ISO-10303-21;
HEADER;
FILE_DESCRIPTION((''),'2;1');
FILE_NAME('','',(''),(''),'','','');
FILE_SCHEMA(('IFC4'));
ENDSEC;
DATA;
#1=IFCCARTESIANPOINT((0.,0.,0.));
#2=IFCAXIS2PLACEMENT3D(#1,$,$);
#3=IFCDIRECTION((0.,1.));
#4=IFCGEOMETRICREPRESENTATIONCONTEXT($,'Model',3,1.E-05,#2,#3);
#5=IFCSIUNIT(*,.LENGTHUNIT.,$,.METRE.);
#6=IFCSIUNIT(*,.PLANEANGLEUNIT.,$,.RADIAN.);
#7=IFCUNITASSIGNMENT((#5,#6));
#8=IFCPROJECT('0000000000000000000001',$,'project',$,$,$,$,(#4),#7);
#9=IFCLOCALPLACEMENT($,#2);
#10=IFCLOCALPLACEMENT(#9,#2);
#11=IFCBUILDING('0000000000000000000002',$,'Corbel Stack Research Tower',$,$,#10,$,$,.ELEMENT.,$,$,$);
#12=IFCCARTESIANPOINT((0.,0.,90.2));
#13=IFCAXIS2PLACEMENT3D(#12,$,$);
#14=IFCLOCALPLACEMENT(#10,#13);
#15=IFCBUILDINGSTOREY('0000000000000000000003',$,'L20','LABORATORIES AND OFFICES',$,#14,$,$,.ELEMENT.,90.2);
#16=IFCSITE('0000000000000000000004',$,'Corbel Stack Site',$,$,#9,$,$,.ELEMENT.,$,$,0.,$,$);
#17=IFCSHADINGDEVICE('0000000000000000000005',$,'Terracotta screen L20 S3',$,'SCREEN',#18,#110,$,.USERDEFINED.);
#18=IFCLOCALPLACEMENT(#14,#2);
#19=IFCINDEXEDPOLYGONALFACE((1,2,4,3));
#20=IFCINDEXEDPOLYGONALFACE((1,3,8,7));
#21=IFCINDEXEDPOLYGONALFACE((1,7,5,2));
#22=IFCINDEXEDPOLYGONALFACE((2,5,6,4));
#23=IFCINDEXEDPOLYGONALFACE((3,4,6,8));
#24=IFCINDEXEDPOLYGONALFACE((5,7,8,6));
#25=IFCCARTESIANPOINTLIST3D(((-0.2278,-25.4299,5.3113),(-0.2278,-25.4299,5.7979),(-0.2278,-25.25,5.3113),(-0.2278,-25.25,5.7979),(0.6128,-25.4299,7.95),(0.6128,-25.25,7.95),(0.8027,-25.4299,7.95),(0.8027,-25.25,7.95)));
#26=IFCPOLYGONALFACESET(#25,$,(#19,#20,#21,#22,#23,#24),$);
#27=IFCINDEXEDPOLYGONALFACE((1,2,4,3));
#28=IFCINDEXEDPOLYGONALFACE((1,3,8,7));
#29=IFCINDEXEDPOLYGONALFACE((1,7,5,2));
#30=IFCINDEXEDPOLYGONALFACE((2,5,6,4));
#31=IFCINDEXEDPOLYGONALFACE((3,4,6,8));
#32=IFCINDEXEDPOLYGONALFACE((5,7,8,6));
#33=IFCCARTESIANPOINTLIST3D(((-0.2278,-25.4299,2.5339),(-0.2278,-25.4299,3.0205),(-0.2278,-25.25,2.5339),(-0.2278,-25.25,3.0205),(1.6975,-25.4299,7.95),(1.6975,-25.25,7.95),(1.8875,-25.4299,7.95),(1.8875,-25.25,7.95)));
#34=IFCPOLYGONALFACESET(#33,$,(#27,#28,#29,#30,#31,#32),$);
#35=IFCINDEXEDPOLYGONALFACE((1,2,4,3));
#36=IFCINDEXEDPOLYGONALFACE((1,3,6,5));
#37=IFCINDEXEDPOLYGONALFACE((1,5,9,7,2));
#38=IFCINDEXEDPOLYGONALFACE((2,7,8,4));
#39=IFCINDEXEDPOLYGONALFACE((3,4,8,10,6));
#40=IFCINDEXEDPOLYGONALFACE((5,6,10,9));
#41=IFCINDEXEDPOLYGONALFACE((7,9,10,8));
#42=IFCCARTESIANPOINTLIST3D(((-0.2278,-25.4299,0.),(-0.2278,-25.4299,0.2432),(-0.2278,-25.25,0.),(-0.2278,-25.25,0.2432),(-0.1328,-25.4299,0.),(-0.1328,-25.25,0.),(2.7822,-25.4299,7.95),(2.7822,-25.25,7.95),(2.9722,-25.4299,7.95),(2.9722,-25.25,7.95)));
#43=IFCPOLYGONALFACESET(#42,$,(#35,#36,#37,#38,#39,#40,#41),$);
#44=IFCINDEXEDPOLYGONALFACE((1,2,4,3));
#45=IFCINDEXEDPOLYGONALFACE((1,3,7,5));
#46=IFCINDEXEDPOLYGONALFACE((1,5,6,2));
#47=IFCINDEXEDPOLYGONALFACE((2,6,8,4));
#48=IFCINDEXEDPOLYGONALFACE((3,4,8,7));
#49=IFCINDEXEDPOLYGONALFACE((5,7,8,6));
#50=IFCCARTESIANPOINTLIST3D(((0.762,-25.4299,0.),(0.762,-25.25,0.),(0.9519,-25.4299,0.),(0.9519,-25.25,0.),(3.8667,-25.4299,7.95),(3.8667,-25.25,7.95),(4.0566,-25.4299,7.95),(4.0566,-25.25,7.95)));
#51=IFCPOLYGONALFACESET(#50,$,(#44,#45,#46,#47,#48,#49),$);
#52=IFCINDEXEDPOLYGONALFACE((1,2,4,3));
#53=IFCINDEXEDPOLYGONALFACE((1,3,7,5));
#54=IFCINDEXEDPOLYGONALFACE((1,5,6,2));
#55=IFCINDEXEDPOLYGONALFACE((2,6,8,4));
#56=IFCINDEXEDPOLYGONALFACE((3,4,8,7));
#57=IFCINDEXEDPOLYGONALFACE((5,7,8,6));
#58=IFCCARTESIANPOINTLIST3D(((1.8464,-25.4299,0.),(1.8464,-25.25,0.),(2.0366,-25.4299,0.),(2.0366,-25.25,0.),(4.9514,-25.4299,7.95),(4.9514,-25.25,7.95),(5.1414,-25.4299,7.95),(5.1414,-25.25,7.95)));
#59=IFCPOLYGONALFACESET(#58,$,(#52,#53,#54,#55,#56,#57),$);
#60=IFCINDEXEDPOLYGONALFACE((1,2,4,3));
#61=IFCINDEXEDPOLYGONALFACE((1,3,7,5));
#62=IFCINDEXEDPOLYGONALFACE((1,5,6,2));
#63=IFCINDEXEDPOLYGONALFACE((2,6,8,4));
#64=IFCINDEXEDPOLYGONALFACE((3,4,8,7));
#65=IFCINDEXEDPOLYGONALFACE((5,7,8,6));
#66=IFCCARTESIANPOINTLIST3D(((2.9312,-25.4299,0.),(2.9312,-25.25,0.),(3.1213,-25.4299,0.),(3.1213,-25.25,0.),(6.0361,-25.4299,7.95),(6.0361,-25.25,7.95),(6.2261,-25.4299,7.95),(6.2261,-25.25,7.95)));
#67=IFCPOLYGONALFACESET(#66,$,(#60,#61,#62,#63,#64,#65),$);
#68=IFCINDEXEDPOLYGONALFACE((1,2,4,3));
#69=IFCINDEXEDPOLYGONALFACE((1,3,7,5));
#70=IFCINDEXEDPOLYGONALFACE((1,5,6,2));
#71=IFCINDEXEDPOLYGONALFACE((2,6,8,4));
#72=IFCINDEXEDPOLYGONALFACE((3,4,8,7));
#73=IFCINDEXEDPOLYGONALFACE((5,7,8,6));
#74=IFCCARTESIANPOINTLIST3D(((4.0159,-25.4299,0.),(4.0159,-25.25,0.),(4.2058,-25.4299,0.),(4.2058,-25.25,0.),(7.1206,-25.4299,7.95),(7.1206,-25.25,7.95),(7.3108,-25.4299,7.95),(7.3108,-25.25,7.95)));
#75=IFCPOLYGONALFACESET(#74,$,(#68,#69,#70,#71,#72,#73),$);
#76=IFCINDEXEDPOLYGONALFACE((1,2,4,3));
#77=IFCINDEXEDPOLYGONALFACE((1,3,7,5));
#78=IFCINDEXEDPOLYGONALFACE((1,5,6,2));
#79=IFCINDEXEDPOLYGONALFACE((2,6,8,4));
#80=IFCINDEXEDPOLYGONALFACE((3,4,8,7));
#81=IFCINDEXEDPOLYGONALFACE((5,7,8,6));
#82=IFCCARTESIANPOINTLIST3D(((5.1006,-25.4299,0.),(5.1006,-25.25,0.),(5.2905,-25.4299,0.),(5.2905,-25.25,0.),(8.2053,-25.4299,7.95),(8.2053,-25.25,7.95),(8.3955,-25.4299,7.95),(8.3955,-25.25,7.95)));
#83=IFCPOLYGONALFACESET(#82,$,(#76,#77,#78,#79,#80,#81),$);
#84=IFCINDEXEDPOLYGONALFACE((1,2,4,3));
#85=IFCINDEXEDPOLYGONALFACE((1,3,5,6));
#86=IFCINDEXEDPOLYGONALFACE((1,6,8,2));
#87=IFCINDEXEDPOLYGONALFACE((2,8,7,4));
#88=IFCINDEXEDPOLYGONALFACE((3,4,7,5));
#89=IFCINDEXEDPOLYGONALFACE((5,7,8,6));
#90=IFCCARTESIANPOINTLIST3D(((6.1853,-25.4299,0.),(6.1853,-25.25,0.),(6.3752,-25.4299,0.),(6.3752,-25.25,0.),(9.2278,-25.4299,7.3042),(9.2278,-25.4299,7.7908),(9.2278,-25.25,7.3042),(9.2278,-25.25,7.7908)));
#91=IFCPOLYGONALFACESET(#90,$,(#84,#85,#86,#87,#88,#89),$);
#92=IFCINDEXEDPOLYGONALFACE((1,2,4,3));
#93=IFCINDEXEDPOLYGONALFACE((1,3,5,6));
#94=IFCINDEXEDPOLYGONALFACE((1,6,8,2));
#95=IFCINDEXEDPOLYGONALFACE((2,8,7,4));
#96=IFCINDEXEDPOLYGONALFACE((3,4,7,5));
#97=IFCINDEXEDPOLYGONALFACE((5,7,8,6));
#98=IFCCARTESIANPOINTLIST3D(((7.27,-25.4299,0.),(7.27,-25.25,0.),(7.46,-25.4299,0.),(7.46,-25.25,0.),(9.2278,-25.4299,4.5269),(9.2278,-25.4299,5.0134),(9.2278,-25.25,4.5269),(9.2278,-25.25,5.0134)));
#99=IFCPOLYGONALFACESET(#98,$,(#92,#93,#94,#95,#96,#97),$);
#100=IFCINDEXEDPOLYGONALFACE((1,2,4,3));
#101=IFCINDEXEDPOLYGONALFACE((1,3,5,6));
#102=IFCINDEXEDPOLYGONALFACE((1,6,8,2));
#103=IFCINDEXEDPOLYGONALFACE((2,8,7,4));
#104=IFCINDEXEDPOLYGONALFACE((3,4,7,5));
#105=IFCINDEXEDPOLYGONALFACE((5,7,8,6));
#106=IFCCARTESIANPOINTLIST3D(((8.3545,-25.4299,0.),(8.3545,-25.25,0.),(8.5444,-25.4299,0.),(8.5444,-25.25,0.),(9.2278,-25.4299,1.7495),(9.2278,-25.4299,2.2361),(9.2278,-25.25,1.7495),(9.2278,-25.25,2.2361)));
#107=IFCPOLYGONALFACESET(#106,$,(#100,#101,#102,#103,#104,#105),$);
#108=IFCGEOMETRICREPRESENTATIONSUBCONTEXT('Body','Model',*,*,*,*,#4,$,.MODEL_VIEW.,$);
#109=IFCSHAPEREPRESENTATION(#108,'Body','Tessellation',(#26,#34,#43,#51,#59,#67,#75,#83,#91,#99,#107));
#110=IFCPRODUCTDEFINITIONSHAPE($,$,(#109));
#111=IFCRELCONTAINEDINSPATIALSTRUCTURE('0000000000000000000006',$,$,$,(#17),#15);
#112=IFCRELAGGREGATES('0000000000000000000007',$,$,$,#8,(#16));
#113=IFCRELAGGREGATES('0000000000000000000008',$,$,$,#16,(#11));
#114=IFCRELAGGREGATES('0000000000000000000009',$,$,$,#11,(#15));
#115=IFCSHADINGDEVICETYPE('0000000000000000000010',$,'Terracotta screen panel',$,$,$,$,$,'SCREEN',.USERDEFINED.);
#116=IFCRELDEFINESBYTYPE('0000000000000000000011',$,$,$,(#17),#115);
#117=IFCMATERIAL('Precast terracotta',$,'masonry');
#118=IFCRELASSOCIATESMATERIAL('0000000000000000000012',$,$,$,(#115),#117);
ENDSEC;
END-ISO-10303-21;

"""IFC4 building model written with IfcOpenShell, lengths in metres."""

from ifc_helpers import new_model, si_unit, direction, frame, origin, place, context, subcontext, project, spatial, polyline, outline, extrude, source, transform, mapped, material, type_object, element, save


model = new_model("IFC4")

# Units and contexts
model_context = context("Model", 3, precision=1e-05, world=origin(), true_north=direction((0.0, 1.0)))
body_context = subcontext(model_context, "Body", "Model", "MODEL_VIEW")
ifc_project = project(units=[si_unit("LENGTHUNIT", "METRE"), si_unit("PLANEANGLEUNIT", "RADIAN")], contexts=[model_context])

# Site, building, storey
site_placement = place(None, origin())
site = spatial("IfcSite", under=ifc_project, at=site_placement, Name="Corbel Stack Site", CompositionType="ELEMENT", RefElevation=0.0)
building_placement = place(site_placement, origin())
building = spatial("IfcBuilding", under=site, at=building_placement, Name="Corbel Stack Research Tower", CompositionType="ELEMENT")
storey_placement = place(building_placement, frame((0.0, 0.0, 90.2)))
storey = spatial("IfcBuildingStorey", under=building, at=storey_placement, Name="L20", Description="LABORATORIES AND OFFICES", CompositionType="ELEMENT", Elevation=90.2)

# Shading device
ifc_material_1 = material(Name="Precast terracotta", Category="masonry")
shading_device_type = type_object("IfcShadingDeviceType", Name="Terracotta screen panel", ElementType="SCREEN", PredefinedType="USERDEFINED", material=ifc_material_1)
shared_shape = source(origin(), body_context, "Body", "SweptSolid", [
    extrude(outline(polyline([(1.0305, 7.95), (0.8406, 7.95), (0.0, 5.7979), (0.0, 5.3113), (1.0305, 7.95)])), frame((0.0, 0.0, 0.0), z_axis=(0.0, -1.0, 0.0), x_axis=(1.0, 0.0, 0.0)), (0.0, 0.0, 1.0), 0.1799),
    extrude(outline(polyline([(2.1152, 7.95), (1.9253, 7.95), (0.0, 3.0205), (0.0, 2.5339), (2.1152, 7.95)])), frame((0.0, 0.0, 0.0), z_axis=(0.0, -1.0, 0.0), x_axis=(1.0, 0.0, 0.0)), (0.0, 0.0, 1.0), 0.1799),
    extrude(outline(polyline([(0.095, 0.0), (3.2, 7.95), (3.01, 7.95), (0.0, 0.2432), (0.0, 0.0), (0.095, 0.0)])), frame((0.0, 0.0, 0.0), z_axis=(0.0, -1.0, 0.0), x_axis=(1.0, 0.0, 0.0)), (0.0, 0.0, 1.0), 0.1799),
    extrude(outline(polyline([(1.1797, 0.0), (4.2844, 7.95), (4.0945, 7.95), (0.9897, 0.0), (1.1797, 0.0)])), frame((0.0, 0.0, 0.0), z_axis=(0.0, -1.0, 0.0), x_axis=(1.0, 0.0, 0.0)), (0.0, 0.0, 1.0), 0.1799),
    extrude(outline(polyline([(2.2644, 0.0), (5.3691, 7.95), (5.1792, 7.95), (2.0742, 0.0), (2.2644, 0.0)])), frame((0.0, 0.0, 0.0), z_axis=(0.0, -1.0, 0.0), x_axis=(1.0, 0.0, 0.0)), (0.0, 0.0, 1.0), 0.1799),
    extrude(outline(polyline([(3.3491, 0.0), (6.4539, 7.95), (6.2639, 7.95), (3.1589, 0.0), (3.3491, 0.0)])), frame((0.0, 0.0, 0.0), z_axis=(0.0, -1.0, 0.0), x_axis=(1.0, 0.0, 0.0)), (0.0, 0.0, 1.0), 0.1799),
    extrude(outline(polyline([(4.4336, 0.0), (7.5386, 7.95), (7.3484, 7.95), (4.2437, 0.0), (4.4336, 0.0)])), frame((0.0, 0.0, 0.0), z_axis=(0.0, -1.0, 0.0), x_axis=(1.0, 0.0, 0.0)), (0.0, 0.0, 1.0), 0.1799),
    extrude(outline(polyline([(5.5183, 0.0), (8.6233, 7.95), (8.4331, 7.95), (5.3284, 0.0), (5.5183, 0.0)])), frame((0.0, 0.0, 0.0), z_axis=(0.0, -1.0, 0.0), x_axis=(1.0, 0.0, 0.0)), (0.0, 0.0, 1.0), 0.1799),
    extrude(outline(polyline([(6.603, 0.0), (9.4556, 7.3042), (9.4556, 7.7908), (6.4131, 0.0), (6.603, 0.0)])), frame((0.0, 0.0, 0.0), z_axis=(0.0, -1.0, 0.0), x_axis=(1.0, 0.0, 0.0)), (0.0, 0.0, 1.0), 0.1799),
    extrude(outline(polyline([(7.6877, 0.0), (9.4556, 4.5269), (9.4556, 5.0134), (7.4978, 0.0), (7.6877, 0.0)])), frame((0.0, 0.0, 0.0), z_axis=(0.0, -1.0, 0.0), x_axis=(1.0, 0.0, 0.0)), (0.0, 0.0, 1.0), 0.1799),
    extrude(outline(polyline([(8.7722, 0.0), (9.4556, 1.7495), (9.4556, 2.2361), (8.5823, 0.0), (8.7722, 0.0)])), frame((0.0, 0.0, 0.0), z_axis=(0.0, -1.0, 0.0), x_axis=(1.0, 0.0, 0.0)), (0.0, 0.0, 1.0), 0.1799),
])
shading_device_placement = place(storey_placement, frame((-0.2278, -25.25, 0.0), z_axis=(0.0, 0.0, 1.0), x_axis=(1.0, 0.0, 0.0)))
element("IfcShadingDevice", 1, at=shading_device_placement, inside=storey, type_object=shading_device_type, Name="Terracotta screen L20 S3", ObjectType="SCREEN", PredefinedType="USERDEFINED", context=body_context, shape_type="MappedRepresentation", body=[
    mapped(shared_shape, transform((0.0, 0.0, 0.0))),
])

save(model, "model.ifc")
